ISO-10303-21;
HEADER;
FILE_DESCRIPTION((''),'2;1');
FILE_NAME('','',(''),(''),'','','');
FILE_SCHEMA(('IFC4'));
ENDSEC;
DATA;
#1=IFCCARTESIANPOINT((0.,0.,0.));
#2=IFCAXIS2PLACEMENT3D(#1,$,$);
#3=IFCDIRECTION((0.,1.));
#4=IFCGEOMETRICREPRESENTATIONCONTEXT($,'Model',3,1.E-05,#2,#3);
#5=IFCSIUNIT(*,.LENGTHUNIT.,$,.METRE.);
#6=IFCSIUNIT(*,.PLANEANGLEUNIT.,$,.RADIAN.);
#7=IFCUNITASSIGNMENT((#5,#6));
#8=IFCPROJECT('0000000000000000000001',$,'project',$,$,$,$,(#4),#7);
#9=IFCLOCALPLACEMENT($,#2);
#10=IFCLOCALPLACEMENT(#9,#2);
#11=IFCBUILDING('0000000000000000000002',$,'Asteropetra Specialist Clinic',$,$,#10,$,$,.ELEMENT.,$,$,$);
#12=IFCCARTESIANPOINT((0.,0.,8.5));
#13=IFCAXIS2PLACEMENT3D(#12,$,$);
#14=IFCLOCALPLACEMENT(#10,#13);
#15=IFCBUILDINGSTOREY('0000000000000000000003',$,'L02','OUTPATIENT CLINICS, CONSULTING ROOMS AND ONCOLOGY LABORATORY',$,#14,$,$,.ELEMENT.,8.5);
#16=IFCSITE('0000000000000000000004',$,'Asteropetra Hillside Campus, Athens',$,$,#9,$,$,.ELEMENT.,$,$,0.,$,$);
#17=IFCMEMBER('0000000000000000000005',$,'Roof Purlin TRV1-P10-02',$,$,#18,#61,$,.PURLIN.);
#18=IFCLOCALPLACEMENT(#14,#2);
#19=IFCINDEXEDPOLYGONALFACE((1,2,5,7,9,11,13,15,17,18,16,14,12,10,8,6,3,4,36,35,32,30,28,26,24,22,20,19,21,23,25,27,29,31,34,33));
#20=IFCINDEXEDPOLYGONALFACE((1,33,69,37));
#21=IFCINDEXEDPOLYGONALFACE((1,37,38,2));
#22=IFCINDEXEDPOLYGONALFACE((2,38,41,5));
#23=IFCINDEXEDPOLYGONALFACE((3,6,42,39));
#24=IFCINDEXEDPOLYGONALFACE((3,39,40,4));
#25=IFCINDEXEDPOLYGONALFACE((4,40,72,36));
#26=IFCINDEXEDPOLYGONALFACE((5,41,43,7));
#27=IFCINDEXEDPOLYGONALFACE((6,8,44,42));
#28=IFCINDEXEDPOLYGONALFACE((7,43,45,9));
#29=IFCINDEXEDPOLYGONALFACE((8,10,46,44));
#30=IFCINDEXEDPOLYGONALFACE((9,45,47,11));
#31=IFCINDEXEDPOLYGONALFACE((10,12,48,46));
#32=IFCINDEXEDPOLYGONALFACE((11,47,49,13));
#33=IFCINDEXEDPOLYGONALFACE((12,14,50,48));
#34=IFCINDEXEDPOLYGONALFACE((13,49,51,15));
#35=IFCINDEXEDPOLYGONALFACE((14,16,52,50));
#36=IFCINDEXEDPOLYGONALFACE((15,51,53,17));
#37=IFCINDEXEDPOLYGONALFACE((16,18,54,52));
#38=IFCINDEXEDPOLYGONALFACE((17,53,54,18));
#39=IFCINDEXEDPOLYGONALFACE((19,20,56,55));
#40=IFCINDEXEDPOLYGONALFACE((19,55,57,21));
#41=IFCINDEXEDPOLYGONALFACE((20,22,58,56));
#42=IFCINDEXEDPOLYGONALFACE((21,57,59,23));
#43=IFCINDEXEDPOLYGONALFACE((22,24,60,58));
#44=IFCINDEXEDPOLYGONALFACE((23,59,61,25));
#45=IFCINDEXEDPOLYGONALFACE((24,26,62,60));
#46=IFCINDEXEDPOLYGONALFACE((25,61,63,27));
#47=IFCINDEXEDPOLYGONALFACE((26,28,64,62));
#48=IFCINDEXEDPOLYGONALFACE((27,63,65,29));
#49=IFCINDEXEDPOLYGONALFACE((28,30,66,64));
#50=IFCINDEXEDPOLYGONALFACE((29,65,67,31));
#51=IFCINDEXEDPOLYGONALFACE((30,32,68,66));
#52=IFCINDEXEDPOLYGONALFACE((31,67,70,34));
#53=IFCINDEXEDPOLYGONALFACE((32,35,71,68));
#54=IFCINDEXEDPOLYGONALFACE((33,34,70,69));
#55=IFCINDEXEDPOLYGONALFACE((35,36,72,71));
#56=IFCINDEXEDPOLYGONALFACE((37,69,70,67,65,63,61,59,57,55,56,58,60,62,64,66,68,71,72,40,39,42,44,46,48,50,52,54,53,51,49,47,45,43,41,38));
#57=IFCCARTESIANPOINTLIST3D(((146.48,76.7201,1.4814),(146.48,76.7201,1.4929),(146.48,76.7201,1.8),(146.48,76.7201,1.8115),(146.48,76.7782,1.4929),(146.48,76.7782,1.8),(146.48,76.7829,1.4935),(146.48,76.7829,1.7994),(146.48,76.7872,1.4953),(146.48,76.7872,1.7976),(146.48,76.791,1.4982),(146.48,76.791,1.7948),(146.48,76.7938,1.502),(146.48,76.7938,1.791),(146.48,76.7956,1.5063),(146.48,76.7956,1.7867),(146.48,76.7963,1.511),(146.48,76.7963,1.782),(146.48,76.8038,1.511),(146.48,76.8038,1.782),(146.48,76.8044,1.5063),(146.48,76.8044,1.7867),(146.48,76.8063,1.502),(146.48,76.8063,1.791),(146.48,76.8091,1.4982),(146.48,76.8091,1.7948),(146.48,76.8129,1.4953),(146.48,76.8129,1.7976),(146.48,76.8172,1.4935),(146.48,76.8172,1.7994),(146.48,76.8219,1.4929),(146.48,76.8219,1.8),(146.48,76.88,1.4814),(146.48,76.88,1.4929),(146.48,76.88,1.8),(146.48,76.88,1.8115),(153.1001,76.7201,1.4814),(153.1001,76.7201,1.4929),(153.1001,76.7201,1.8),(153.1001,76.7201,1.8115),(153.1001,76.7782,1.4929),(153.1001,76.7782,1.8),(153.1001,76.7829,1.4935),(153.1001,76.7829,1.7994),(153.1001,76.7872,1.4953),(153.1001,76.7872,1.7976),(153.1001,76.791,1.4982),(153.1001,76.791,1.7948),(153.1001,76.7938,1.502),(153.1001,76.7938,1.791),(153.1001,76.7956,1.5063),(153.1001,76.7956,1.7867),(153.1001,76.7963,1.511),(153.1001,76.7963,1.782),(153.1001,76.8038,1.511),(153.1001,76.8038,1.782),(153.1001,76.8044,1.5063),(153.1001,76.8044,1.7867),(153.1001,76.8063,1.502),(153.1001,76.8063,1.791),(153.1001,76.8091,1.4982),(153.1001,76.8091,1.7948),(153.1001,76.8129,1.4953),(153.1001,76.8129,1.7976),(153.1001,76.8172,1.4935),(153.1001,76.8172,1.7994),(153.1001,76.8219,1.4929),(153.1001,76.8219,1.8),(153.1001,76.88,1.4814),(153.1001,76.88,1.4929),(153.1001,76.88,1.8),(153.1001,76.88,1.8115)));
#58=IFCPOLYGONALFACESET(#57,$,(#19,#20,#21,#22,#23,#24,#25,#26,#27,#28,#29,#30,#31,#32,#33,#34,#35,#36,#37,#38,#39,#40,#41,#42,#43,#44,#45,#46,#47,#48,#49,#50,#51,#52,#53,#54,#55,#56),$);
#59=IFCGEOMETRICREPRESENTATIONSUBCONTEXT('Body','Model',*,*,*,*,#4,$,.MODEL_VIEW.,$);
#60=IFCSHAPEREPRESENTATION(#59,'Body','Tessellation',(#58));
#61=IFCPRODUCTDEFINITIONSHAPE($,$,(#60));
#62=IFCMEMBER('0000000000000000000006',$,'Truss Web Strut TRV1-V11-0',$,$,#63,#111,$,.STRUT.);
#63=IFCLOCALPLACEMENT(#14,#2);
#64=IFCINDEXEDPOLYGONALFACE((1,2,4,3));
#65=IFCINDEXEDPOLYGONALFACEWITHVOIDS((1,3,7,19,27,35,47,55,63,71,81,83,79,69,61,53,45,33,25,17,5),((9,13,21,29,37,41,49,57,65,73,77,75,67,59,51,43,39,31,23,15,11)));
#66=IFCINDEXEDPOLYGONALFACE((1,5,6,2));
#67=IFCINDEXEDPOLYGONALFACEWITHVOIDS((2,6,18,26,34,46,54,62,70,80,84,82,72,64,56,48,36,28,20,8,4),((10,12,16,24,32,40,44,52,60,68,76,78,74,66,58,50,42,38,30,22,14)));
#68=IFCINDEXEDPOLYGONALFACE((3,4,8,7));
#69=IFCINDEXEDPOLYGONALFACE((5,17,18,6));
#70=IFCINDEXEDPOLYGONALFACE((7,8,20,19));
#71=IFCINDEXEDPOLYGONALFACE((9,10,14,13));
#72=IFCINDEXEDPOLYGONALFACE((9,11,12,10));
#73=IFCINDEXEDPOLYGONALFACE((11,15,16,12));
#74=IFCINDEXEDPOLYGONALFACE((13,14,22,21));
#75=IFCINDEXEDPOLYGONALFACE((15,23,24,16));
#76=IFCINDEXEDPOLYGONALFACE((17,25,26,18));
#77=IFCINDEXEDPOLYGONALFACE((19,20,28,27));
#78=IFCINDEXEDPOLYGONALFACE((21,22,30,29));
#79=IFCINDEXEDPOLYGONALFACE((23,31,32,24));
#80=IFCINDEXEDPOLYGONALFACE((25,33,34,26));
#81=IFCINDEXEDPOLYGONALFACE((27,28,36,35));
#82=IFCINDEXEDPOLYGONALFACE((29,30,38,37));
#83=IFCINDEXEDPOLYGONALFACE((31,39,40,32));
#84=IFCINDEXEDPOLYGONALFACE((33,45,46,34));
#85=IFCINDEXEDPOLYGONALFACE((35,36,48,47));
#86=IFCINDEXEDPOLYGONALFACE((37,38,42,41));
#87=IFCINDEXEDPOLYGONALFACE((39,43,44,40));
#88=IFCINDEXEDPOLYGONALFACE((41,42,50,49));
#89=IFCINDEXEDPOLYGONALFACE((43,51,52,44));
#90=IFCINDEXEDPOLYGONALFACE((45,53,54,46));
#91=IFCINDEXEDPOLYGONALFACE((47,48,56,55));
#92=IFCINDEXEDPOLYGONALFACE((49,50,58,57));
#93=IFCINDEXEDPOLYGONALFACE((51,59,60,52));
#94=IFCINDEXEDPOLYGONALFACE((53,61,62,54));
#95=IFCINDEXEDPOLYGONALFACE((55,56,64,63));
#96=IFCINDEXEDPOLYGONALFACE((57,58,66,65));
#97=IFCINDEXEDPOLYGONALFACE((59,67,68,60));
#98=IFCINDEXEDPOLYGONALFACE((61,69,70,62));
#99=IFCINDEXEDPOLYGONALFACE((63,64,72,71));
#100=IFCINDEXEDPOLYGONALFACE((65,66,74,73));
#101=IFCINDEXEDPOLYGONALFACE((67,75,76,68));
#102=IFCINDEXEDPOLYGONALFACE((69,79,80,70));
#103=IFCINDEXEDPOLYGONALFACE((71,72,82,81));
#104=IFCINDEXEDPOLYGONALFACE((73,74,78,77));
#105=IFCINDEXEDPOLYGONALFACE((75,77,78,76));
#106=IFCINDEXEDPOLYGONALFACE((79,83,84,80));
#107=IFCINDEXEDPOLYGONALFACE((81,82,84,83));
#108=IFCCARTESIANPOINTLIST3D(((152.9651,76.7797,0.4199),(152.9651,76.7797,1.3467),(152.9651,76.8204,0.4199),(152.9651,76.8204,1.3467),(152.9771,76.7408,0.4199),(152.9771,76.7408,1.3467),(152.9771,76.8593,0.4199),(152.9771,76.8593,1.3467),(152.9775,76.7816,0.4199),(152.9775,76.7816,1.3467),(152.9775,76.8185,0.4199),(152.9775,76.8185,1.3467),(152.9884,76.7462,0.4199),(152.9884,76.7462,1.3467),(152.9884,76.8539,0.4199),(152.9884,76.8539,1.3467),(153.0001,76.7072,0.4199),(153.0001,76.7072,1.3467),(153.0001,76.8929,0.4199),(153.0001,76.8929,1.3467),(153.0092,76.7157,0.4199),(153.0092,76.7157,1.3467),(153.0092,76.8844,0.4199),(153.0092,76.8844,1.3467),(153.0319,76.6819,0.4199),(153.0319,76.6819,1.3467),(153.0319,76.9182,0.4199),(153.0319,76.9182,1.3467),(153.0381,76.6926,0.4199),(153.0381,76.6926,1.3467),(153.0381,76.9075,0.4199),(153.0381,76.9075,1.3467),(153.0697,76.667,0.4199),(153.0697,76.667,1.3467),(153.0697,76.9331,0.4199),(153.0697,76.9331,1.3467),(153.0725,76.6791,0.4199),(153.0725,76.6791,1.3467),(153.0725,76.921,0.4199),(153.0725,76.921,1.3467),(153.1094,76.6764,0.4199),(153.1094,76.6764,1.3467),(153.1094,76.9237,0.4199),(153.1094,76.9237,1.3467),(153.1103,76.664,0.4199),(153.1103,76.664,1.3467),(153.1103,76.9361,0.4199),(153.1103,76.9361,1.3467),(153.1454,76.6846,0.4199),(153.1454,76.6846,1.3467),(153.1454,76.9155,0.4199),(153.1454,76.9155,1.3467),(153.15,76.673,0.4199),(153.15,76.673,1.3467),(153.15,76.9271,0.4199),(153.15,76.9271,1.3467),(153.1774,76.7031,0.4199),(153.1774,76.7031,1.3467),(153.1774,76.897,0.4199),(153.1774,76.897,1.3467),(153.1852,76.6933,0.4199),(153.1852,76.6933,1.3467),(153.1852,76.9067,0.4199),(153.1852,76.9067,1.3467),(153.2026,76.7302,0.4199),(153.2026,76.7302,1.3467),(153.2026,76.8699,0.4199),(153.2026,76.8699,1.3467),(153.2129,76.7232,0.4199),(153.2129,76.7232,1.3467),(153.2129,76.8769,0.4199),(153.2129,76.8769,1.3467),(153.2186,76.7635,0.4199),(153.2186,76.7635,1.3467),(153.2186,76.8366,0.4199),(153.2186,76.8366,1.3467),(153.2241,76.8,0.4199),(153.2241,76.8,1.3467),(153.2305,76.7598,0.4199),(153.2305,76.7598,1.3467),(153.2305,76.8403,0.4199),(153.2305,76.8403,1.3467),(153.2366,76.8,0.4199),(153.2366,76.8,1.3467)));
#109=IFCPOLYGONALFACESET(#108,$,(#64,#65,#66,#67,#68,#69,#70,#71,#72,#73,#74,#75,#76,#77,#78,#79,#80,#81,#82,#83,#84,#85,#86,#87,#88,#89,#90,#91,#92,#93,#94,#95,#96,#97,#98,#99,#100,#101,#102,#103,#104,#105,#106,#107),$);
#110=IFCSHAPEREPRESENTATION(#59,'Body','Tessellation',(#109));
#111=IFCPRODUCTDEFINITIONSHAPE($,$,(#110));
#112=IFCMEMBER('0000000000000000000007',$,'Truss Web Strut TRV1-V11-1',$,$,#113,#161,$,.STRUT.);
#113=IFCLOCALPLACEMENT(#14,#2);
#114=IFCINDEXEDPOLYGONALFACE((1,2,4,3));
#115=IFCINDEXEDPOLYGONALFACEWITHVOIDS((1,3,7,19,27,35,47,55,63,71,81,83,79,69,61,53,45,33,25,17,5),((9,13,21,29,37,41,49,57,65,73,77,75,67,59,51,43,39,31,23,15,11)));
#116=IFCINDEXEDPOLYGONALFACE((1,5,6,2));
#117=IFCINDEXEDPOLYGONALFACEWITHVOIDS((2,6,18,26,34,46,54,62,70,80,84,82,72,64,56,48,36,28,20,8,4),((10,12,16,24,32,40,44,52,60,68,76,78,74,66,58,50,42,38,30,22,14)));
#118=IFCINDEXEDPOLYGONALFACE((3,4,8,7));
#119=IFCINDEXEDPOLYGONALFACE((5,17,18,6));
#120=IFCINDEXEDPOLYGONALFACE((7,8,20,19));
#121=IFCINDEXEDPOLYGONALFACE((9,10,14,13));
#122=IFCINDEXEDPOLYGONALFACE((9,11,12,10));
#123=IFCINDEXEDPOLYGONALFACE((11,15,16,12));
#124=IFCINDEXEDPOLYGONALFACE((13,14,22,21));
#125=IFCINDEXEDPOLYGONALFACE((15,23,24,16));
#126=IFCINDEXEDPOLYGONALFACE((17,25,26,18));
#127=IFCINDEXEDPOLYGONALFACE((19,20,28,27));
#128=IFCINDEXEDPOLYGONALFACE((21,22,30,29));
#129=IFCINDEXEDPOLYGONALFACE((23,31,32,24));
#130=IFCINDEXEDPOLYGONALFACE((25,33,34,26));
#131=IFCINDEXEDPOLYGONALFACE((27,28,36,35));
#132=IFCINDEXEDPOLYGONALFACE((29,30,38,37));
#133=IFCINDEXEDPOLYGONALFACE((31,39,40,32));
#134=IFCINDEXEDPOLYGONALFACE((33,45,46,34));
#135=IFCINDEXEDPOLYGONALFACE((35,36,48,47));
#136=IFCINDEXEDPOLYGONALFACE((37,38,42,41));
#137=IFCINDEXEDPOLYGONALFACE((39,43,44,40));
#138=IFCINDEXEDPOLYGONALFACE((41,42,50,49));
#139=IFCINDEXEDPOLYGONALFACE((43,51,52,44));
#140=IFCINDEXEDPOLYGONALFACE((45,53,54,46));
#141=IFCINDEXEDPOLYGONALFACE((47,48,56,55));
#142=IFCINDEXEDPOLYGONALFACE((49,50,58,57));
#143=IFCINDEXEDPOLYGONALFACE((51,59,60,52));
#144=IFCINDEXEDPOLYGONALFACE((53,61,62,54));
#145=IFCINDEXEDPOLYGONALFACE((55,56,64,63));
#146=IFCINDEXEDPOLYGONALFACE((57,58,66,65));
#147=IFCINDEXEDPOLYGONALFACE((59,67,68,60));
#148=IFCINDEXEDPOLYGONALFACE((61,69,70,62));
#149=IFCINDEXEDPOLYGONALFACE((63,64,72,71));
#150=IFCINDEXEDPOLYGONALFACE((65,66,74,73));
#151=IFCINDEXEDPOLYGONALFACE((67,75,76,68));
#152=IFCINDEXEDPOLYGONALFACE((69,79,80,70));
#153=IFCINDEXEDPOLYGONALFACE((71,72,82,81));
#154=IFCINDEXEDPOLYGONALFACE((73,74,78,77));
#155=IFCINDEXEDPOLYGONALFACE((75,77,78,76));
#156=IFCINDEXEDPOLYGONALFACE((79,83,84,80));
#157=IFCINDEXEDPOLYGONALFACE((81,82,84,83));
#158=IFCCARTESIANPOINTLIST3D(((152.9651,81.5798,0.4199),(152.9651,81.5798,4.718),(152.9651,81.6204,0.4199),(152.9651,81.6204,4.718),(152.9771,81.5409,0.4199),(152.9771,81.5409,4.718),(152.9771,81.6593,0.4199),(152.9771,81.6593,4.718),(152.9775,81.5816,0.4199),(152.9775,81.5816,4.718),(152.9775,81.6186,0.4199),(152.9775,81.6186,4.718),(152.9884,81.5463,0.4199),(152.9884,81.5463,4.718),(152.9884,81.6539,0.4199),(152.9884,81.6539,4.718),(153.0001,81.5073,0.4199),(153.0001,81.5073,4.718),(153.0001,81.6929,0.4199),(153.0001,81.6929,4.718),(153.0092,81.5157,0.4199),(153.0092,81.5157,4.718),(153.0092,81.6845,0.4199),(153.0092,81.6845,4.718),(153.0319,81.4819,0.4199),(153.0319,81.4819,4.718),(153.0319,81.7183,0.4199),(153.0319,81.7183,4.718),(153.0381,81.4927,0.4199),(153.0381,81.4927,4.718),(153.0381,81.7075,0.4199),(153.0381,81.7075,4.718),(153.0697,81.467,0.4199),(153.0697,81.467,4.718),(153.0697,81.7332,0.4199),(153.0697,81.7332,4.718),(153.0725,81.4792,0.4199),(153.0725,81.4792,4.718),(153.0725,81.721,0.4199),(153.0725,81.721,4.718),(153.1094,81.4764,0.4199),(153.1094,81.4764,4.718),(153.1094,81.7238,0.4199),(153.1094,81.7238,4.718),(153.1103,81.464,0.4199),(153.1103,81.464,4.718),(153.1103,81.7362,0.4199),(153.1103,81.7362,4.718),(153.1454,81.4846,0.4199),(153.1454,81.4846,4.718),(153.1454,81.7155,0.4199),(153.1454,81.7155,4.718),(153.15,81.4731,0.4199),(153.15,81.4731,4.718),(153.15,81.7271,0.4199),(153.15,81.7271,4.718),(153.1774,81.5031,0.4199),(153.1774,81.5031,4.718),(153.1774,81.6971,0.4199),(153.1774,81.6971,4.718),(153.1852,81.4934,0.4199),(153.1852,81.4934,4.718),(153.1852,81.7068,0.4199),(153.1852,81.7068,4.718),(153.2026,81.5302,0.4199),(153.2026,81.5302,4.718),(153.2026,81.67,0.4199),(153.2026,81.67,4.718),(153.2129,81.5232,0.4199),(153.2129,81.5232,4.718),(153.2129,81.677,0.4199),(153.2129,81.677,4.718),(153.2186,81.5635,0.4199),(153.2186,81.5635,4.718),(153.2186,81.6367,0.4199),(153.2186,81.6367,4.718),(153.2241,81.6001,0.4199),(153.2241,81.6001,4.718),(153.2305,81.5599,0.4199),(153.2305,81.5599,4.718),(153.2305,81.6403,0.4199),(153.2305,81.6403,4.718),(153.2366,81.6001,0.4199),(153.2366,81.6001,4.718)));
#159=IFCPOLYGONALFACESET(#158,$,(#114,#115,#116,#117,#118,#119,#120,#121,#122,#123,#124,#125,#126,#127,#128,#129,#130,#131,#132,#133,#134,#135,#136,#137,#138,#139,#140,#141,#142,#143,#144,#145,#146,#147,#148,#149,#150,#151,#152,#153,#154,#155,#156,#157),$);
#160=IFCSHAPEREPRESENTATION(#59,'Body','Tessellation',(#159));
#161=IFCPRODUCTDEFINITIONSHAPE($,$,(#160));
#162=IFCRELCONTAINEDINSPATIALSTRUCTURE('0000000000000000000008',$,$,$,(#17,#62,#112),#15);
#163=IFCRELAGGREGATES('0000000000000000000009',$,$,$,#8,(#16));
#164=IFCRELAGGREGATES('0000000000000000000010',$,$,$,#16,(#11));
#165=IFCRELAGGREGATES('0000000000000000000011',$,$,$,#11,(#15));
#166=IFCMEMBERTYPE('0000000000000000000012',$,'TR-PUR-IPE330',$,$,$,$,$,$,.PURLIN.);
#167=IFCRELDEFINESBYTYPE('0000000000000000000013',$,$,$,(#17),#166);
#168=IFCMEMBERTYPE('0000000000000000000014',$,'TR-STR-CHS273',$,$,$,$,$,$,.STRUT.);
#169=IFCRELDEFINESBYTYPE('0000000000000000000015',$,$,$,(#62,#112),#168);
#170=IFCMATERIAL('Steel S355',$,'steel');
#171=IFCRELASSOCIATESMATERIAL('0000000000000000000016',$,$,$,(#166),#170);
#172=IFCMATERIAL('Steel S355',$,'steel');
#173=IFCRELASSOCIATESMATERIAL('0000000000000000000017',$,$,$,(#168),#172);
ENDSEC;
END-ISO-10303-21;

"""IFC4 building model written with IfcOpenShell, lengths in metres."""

from ifc_helpers import new_model, si_unit, direction, frame, origin, origin_2d, place, context, subcontext, project, spatial, hollow_circle, i_section, extrude, material, material_profile, profile_set, type_object, element, save


model = new_model("IFC4")

# Units and contexts
model_context = context("Model", 3, precision=1e-05, world=origin(), true_north=direction((0.0, 1.0)))
body_context = subcontext(model_context, "Body", "Model", "MODEL_VIEW")
ifc_project = project(units=[si_unit("LENGTHUNIT", "METRE"), si_unit("PLANEANGLEUNIT", "RADIAN")], contexts=[model_context])

# Site, building, storey
site_placement = place(None, origin())
site = spatial("IfcSite", under=ifc_project, at=site_placement, Name="Asteropetra Hillside Campus, Athens", CompositionType="ELEMENT", RefElevation=0.0)
building_placement = place(site_placement, origin())
building = spatial("IfcBuilding", under=site, at=building_placement, Name="Asteropetra Specialist Clinic", CompositionType="ELEMENT")
storey_placement = place(building_placement, frame((0.0, 0.0, 8.5)))
storey = spatial("IfcBuildingStorey", under=building, at=storey_placement, Name="L02", Description="OUTPATIENT CLINICS, CONSULTING ROOMS AND ONCOLOGY LABORATORY", CompositionType="ELEMENT", Elevation=8.5)

# Members
ifc_material_1 = material(Name="Steel S355", Category="steel")
ifc_material_profile_1 = material_profile(ifc_material_1, i_section(OverallWidth=0.1599, OverallDepth=0.3301, WebThickness=0.0076, FlangeThickness=0.0115, FilletRadius=0.0181, at=origin_2d()), Name="IPE 330")
ifc_profile_set_1 = profile_set([ifc_material_profile_1], Name="Steel S355")
member_type_1 = type_object("IfcMemberType", Name="TR-PUR-IPE330", PredefinedType="PURLIN", material=ifc_profile_set_1)
member_1_placement = place(storey_placement, frame((146.48, 76.8, 1.6465), z_axis=(1.0, 0.0, 0.0), x_axis=(0.0, 1.0, 0.0)))
element("IfcMember", 1, at=member_1_placement, inside=storey, type_object=member_type_1, Name="Roof Purlin TRV1-P10-02", PredefinedType="PURLIN", context=body_context, shape_type="SweptSolid", body=[
    extrude(i_section(OverallWidth=0.1599, OverallDepth=0.3301, WebThickness=0.0076, FlangeThickness=0.0115, FilletRadius=0.0181, at=origin_2d()), origin(), (0.0, 0.0, 1.0), 6.6201),
])
ifc_material_2 = material(Name="Steel S355", Category="steel")
ifc_material_profile_2 = material_profile(ifc_material_2, hollow_circle(Radius=0.1365, WallThickness=0.0125, at=origin_2d()), Name="CHS 273.0x12.5")
ifc_profile_set_2 = profile_set([ifc_material_profile_2], Name="Steel S355")
member_type_2 = type_object("IfcMemberType", Name="TR-STR-CHS273", PredefinedType="STRUT", material=ifc_profile_set_2)
member_2_placement = place(storey_placement, frame((153.1001, 76.8, 0.4199), z_axis=(0.0, 0.0, 1.0), x_axis=(1.0, 0.0, 0.0)))
element("IfcMember", 2, at=member_2_placement, inside=storey, type_object=member_type_2, Name="Truss Web Strut TRV1-V11-0", PredefinedType="STRUT", context=body_context, shape_type="SweptSolid", body=[
    extrude(hollow_circle(Radius=0.1365, WallThickness=0.0125, at=origin_2d()), origin(), (0.0, 0.0, 1.0), 0.9268),
])
member_3_placement = place(storey_placement, frame((153.1001, 81.6001, 0.4199), z_axis=(0.0, 0.0, 1.0), x_axis=(1.0, 0.0, 0.0)))
element("IfcMember", 3, at=member_3_placement, inside=storey, type_object=member_type_2, Name="Truss Web Strut TRV1-V11-1", PredefinedType="STRUT", context=body_context, shape_type="SweptSolid", body=[
    extrude(hollow_circle(Radius=0.1365, WallThickness=0.0125, at=origin_2d()), origin(), (0.0, 0.0, 1.0), 4.2981),
])

save(model, "model.ifc")
